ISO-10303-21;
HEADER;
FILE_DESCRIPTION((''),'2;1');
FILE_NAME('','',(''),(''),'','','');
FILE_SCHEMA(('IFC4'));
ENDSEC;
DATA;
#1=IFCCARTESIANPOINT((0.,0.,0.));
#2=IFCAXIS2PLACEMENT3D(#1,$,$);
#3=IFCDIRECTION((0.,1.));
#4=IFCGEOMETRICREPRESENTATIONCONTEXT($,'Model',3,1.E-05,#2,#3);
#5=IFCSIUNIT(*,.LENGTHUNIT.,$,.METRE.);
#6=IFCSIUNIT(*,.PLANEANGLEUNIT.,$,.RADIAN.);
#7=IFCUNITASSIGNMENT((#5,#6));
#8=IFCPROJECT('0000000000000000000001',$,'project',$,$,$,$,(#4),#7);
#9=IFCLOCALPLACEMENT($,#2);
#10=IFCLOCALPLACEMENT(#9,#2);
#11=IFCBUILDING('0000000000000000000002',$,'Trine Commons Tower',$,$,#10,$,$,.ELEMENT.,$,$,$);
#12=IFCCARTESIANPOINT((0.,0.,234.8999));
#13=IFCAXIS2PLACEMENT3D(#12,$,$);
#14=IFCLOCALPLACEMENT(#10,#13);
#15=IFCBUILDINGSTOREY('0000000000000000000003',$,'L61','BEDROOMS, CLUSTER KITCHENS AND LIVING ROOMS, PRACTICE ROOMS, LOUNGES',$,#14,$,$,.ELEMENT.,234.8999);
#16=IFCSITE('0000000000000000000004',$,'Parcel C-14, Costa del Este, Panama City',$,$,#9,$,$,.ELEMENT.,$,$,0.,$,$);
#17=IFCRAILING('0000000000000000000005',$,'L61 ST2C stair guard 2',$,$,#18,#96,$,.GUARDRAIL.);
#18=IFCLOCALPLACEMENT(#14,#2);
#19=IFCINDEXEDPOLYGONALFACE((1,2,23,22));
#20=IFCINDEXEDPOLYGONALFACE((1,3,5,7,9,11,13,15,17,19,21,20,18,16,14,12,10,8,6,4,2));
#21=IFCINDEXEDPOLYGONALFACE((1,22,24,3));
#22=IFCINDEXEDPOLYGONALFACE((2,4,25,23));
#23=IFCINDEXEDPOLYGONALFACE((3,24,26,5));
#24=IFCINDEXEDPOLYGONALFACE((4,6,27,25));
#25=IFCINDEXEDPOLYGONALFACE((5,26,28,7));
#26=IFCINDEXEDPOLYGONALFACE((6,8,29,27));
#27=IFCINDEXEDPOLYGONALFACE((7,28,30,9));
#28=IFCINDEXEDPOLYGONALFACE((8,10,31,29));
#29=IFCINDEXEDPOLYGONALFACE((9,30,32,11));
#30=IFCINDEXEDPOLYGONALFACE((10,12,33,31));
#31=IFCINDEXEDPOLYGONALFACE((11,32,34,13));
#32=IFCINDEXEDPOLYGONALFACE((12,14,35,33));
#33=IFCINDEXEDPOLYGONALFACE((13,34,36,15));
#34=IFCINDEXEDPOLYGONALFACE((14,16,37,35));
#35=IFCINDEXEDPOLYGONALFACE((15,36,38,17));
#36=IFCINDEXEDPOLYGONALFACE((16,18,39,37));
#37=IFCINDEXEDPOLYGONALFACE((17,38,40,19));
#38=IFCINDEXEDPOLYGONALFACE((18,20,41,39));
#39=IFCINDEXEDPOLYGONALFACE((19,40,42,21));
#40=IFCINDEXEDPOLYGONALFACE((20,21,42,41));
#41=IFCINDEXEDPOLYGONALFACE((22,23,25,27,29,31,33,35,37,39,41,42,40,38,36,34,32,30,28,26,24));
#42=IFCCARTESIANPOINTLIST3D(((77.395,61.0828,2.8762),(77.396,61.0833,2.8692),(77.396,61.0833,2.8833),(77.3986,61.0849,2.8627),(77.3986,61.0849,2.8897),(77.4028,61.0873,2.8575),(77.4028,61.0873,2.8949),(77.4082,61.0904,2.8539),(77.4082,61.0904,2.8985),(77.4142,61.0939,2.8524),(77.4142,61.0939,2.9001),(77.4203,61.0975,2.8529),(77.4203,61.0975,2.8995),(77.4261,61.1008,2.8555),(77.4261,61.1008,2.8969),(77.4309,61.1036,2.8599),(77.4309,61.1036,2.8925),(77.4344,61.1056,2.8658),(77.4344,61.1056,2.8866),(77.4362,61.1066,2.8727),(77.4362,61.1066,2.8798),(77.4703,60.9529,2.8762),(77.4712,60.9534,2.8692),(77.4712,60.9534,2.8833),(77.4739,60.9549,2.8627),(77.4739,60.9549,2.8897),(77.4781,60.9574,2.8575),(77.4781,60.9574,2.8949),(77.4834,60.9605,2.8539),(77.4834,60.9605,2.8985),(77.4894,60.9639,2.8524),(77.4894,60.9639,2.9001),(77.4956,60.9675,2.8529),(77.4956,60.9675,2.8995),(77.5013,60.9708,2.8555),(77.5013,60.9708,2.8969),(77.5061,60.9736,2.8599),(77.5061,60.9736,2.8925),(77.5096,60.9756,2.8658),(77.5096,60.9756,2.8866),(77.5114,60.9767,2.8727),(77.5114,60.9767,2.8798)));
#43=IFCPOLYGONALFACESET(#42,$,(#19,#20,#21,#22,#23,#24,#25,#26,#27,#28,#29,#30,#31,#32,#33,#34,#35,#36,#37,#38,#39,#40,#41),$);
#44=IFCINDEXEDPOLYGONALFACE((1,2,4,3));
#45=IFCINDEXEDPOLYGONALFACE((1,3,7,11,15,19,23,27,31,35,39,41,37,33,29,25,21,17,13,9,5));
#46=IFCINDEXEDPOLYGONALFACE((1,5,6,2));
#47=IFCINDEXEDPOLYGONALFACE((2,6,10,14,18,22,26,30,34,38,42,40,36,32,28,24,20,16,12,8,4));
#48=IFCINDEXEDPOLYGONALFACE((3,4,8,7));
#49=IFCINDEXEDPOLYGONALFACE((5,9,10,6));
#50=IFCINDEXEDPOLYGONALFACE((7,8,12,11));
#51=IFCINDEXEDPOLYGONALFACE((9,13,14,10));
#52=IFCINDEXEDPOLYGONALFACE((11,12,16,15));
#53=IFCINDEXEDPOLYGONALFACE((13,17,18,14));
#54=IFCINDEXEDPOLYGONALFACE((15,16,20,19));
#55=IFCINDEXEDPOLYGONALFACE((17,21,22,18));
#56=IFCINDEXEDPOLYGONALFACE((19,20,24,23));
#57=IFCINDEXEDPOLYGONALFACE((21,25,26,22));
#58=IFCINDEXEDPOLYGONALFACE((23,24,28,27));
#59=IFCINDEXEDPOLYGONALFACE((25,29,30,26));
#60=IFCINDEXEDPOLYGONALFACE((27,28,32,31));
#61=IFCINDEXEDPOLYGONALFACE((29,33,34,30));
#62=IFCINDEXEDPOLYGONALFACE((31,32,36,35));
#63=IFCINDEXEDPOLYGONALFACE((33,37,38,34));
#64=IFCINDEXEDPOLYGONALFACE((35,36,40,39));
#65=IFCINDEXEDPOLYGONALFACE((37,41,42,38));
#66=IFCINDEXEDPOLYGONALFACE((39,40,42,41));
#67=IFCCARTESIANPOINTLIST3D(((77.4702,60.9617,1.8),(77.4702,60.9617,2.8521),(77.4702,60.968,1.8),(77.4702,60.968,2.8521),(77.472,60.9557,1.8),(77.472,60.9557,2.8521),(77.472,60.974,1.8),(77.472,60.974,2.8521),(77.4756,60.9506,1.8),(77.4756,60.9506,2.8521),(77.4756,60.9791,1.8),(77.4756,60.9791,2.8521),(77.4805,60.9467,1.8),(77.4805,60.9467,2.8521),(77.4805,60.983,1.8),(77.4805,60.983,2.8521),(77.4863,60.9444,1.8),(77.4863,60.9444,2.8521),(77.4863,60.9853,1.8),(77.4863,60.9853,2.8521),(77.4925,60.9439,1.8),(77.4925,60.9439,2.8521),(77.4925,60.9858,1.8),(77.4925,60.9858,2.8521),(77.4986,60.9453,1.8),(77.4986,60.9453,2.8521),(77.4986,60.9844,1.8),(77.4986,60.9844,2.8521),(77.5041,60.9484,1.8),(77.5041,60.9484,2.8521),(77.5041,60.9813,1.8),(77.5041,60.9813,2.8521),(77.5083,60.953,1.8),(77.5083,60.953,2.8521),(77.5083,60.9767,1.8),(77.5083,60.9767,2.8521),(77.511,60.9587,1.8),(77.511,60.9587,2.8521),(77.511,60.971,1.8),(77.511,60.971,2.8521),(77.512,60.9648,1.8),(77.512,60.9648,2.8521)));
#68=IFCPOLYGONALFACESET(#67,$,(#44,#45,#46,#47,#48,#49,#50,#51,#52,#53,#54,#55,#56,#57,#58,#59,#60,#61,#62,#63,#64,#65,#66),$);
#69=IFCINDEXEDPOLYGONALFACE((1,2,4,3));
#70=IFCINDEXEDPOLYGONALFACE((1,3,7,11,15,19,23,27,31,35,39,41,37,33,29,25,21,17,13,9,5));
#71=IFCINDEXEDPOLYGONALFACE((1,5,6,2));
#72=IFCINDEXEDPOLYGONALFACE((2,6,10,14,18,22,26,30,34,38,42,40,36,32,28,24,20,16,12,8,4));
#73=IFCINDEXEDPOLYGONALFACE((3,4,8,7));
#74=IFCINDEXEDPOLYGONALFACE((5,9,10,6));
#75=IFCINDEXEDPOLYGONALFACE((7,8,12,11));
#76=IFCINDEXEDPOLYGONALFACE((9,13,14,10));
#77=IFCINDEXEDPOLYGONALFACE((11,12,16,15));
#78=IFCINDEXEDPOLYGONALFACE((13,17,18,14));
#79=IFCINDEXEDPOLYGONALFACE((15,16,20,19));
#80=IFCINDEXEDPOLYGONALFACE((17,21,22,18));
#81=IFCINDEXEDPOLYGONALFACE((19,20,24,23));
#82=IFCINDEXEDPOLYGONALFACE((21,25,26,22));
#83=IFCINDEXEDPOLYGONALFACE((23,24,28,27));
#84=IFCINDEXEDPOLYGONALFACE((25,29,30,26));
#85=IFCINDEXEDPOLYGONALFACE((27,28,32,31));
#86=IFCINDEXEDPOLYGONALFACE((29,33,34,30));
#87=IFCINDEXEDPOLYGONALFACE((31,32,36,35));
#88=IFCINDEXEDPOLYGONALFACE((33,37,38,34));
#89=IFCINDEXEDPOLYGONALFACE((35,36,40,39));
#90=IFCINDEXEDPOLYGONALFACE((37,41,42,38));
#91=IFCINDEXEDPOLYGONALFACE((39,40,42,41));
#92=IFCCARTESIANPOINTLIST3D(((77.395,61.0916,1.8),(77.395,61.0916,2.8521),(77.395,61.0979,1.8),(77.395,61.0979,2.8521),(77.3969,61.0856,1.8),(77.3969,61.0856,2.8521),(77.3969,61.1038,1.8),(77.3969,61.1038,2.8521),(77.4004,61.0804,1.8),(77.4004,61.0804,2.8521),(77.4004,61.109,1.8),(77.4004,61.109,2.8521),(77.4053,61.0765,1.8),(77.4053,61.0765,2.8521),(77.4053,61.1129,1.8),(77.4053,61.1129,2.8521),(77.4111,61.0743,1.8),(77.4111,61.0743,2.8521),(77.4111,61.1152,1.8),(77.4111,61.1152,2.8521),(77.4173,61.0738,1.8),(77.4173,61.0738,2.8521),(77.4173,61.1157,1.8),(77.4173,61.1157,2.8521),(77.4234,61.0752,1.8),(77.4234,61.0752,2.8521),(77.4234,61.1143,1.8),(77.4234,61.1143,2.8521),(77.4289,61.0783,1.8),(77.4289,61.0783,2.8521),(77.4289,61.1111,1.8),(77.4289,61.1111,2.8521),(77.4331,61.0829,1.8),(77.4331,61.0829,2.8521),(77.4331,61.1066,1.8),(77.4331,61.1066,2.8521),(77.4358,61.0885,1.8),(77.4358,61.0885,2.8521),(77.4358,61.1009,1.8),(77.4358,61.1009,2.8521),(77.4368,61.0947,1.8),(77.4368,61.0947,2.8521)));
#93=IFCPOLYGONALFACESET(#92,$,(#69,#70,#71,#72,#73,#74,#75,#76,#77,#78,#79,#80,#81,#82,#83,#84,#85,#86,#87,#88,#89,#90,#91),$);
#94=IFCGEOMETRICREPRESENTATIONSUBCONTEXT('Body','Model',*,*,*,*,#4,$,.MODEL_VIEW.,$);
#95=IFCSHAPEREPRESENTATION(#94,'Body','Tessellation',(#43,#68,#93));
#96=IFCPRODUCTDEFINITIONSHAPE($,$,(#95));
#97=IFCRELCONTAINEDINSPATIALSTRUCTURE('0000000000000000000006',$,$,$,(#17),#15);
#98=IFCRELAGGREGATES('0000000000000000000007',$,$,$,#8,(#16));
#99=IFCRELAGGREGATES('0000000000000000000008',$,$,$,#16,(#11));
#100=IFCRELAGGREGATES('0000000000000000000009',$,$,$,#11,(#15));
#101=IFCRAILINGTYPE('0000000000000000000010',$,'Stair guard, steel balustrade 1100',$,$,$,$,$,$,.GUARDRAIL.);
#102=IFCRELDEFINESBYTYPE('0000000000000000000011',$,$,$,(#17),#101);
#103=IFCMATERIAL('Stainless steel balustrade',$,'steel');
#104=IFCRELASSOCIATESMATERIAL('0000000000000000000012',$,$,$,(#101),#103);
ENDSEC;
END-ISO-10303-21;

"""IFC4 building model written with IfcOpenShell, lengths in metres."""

from ifc_helpers import new_model, si_unit, direction, frame, origin, origin_2d, place, context, subcontext, project, spatial, circle, extrude, material, type_object, element, save


model = new_model("IFC4")

# Units and contexts
model_context = context("Model", 3, precision=1e-05, world=origin(), true_north=direction((0.0, 1.0)))
body_context = subcontext(model_context, "Body", "Model", "MODEL_VIEW")
ifc_project = project(units=[si_unit("LENGTHUNIT", "METRE"), si_unit("PLANEANGLEUNIT", "RADIAN")], contexts=[model_context])

# Site, building, storey
site_placement = place(None, origin())
site = spatial("IfcSite", under=ifc_project, at=site_placement, Name="Parcel C-14, Costa del Este, Panama City", CompositionType="ELEMENT", RefElevation=0.0)
building_placement = place(site_placement, origin())
building = spatial("IfcBuilding", under=site, at=building_placement, Name="Trine Commons Tower", CompositionType="ELEMENT")
storey_placement = place(building_placement, frame((0.0, 0.0, 234.8999)))
storey = spatial("IfcBuildingStorey", under=building, at=storey_placement, Name="L61", Description="BEDROOMS, CLUSTER KITCHENS AND LIVING ROOMS, PRACTICE ROOMS, LOUNGES", CompositionType="ELEMENT", Elevation=234.8999)

# Railing
ifc_material_1 = material(Name="Stainless steel balustrade", Category="steel")
railing_type_1 = type_object("IfcRailingType", Name="Stair guard, steel balustrade 1100", PredefinedType="GUARDRAIL", material=ifc_material_1)
railing_1_placement = place(storey_placement, frame((77.491, 60.9648, 1.8)))
element("IfcRailing", 1, at=railing_1_placement, inside=storey, type_object=railing_type_1, Name="L61 ST2C stair guard 2", PredefinedType="GUARDRAIL", context=body_context, shape_type="SweptSolid", body=[
    extrude(circle(Radius=0.0239, at=origin_2d()), frame((0.0, 0.0, 1.0762), z_axis=(-0.501036, 0.865426, 0.0), x_axis=(-0.865426, -0.501036, 0.0)), (0.0, 0.0, 1.0), 0.1501),
    extrude(circle(Radius=0.021, at=origin_2d()), origin(), (0.0, 0.0, 1.0), 1.052),
    extrude(circle(Radius=0.021, at=origin_2d()), frame((-0.0752, 0.1299, 0.0)), (0.0, 0.0, 1.0), 1.052),
])

save(model, "model.ifc")
